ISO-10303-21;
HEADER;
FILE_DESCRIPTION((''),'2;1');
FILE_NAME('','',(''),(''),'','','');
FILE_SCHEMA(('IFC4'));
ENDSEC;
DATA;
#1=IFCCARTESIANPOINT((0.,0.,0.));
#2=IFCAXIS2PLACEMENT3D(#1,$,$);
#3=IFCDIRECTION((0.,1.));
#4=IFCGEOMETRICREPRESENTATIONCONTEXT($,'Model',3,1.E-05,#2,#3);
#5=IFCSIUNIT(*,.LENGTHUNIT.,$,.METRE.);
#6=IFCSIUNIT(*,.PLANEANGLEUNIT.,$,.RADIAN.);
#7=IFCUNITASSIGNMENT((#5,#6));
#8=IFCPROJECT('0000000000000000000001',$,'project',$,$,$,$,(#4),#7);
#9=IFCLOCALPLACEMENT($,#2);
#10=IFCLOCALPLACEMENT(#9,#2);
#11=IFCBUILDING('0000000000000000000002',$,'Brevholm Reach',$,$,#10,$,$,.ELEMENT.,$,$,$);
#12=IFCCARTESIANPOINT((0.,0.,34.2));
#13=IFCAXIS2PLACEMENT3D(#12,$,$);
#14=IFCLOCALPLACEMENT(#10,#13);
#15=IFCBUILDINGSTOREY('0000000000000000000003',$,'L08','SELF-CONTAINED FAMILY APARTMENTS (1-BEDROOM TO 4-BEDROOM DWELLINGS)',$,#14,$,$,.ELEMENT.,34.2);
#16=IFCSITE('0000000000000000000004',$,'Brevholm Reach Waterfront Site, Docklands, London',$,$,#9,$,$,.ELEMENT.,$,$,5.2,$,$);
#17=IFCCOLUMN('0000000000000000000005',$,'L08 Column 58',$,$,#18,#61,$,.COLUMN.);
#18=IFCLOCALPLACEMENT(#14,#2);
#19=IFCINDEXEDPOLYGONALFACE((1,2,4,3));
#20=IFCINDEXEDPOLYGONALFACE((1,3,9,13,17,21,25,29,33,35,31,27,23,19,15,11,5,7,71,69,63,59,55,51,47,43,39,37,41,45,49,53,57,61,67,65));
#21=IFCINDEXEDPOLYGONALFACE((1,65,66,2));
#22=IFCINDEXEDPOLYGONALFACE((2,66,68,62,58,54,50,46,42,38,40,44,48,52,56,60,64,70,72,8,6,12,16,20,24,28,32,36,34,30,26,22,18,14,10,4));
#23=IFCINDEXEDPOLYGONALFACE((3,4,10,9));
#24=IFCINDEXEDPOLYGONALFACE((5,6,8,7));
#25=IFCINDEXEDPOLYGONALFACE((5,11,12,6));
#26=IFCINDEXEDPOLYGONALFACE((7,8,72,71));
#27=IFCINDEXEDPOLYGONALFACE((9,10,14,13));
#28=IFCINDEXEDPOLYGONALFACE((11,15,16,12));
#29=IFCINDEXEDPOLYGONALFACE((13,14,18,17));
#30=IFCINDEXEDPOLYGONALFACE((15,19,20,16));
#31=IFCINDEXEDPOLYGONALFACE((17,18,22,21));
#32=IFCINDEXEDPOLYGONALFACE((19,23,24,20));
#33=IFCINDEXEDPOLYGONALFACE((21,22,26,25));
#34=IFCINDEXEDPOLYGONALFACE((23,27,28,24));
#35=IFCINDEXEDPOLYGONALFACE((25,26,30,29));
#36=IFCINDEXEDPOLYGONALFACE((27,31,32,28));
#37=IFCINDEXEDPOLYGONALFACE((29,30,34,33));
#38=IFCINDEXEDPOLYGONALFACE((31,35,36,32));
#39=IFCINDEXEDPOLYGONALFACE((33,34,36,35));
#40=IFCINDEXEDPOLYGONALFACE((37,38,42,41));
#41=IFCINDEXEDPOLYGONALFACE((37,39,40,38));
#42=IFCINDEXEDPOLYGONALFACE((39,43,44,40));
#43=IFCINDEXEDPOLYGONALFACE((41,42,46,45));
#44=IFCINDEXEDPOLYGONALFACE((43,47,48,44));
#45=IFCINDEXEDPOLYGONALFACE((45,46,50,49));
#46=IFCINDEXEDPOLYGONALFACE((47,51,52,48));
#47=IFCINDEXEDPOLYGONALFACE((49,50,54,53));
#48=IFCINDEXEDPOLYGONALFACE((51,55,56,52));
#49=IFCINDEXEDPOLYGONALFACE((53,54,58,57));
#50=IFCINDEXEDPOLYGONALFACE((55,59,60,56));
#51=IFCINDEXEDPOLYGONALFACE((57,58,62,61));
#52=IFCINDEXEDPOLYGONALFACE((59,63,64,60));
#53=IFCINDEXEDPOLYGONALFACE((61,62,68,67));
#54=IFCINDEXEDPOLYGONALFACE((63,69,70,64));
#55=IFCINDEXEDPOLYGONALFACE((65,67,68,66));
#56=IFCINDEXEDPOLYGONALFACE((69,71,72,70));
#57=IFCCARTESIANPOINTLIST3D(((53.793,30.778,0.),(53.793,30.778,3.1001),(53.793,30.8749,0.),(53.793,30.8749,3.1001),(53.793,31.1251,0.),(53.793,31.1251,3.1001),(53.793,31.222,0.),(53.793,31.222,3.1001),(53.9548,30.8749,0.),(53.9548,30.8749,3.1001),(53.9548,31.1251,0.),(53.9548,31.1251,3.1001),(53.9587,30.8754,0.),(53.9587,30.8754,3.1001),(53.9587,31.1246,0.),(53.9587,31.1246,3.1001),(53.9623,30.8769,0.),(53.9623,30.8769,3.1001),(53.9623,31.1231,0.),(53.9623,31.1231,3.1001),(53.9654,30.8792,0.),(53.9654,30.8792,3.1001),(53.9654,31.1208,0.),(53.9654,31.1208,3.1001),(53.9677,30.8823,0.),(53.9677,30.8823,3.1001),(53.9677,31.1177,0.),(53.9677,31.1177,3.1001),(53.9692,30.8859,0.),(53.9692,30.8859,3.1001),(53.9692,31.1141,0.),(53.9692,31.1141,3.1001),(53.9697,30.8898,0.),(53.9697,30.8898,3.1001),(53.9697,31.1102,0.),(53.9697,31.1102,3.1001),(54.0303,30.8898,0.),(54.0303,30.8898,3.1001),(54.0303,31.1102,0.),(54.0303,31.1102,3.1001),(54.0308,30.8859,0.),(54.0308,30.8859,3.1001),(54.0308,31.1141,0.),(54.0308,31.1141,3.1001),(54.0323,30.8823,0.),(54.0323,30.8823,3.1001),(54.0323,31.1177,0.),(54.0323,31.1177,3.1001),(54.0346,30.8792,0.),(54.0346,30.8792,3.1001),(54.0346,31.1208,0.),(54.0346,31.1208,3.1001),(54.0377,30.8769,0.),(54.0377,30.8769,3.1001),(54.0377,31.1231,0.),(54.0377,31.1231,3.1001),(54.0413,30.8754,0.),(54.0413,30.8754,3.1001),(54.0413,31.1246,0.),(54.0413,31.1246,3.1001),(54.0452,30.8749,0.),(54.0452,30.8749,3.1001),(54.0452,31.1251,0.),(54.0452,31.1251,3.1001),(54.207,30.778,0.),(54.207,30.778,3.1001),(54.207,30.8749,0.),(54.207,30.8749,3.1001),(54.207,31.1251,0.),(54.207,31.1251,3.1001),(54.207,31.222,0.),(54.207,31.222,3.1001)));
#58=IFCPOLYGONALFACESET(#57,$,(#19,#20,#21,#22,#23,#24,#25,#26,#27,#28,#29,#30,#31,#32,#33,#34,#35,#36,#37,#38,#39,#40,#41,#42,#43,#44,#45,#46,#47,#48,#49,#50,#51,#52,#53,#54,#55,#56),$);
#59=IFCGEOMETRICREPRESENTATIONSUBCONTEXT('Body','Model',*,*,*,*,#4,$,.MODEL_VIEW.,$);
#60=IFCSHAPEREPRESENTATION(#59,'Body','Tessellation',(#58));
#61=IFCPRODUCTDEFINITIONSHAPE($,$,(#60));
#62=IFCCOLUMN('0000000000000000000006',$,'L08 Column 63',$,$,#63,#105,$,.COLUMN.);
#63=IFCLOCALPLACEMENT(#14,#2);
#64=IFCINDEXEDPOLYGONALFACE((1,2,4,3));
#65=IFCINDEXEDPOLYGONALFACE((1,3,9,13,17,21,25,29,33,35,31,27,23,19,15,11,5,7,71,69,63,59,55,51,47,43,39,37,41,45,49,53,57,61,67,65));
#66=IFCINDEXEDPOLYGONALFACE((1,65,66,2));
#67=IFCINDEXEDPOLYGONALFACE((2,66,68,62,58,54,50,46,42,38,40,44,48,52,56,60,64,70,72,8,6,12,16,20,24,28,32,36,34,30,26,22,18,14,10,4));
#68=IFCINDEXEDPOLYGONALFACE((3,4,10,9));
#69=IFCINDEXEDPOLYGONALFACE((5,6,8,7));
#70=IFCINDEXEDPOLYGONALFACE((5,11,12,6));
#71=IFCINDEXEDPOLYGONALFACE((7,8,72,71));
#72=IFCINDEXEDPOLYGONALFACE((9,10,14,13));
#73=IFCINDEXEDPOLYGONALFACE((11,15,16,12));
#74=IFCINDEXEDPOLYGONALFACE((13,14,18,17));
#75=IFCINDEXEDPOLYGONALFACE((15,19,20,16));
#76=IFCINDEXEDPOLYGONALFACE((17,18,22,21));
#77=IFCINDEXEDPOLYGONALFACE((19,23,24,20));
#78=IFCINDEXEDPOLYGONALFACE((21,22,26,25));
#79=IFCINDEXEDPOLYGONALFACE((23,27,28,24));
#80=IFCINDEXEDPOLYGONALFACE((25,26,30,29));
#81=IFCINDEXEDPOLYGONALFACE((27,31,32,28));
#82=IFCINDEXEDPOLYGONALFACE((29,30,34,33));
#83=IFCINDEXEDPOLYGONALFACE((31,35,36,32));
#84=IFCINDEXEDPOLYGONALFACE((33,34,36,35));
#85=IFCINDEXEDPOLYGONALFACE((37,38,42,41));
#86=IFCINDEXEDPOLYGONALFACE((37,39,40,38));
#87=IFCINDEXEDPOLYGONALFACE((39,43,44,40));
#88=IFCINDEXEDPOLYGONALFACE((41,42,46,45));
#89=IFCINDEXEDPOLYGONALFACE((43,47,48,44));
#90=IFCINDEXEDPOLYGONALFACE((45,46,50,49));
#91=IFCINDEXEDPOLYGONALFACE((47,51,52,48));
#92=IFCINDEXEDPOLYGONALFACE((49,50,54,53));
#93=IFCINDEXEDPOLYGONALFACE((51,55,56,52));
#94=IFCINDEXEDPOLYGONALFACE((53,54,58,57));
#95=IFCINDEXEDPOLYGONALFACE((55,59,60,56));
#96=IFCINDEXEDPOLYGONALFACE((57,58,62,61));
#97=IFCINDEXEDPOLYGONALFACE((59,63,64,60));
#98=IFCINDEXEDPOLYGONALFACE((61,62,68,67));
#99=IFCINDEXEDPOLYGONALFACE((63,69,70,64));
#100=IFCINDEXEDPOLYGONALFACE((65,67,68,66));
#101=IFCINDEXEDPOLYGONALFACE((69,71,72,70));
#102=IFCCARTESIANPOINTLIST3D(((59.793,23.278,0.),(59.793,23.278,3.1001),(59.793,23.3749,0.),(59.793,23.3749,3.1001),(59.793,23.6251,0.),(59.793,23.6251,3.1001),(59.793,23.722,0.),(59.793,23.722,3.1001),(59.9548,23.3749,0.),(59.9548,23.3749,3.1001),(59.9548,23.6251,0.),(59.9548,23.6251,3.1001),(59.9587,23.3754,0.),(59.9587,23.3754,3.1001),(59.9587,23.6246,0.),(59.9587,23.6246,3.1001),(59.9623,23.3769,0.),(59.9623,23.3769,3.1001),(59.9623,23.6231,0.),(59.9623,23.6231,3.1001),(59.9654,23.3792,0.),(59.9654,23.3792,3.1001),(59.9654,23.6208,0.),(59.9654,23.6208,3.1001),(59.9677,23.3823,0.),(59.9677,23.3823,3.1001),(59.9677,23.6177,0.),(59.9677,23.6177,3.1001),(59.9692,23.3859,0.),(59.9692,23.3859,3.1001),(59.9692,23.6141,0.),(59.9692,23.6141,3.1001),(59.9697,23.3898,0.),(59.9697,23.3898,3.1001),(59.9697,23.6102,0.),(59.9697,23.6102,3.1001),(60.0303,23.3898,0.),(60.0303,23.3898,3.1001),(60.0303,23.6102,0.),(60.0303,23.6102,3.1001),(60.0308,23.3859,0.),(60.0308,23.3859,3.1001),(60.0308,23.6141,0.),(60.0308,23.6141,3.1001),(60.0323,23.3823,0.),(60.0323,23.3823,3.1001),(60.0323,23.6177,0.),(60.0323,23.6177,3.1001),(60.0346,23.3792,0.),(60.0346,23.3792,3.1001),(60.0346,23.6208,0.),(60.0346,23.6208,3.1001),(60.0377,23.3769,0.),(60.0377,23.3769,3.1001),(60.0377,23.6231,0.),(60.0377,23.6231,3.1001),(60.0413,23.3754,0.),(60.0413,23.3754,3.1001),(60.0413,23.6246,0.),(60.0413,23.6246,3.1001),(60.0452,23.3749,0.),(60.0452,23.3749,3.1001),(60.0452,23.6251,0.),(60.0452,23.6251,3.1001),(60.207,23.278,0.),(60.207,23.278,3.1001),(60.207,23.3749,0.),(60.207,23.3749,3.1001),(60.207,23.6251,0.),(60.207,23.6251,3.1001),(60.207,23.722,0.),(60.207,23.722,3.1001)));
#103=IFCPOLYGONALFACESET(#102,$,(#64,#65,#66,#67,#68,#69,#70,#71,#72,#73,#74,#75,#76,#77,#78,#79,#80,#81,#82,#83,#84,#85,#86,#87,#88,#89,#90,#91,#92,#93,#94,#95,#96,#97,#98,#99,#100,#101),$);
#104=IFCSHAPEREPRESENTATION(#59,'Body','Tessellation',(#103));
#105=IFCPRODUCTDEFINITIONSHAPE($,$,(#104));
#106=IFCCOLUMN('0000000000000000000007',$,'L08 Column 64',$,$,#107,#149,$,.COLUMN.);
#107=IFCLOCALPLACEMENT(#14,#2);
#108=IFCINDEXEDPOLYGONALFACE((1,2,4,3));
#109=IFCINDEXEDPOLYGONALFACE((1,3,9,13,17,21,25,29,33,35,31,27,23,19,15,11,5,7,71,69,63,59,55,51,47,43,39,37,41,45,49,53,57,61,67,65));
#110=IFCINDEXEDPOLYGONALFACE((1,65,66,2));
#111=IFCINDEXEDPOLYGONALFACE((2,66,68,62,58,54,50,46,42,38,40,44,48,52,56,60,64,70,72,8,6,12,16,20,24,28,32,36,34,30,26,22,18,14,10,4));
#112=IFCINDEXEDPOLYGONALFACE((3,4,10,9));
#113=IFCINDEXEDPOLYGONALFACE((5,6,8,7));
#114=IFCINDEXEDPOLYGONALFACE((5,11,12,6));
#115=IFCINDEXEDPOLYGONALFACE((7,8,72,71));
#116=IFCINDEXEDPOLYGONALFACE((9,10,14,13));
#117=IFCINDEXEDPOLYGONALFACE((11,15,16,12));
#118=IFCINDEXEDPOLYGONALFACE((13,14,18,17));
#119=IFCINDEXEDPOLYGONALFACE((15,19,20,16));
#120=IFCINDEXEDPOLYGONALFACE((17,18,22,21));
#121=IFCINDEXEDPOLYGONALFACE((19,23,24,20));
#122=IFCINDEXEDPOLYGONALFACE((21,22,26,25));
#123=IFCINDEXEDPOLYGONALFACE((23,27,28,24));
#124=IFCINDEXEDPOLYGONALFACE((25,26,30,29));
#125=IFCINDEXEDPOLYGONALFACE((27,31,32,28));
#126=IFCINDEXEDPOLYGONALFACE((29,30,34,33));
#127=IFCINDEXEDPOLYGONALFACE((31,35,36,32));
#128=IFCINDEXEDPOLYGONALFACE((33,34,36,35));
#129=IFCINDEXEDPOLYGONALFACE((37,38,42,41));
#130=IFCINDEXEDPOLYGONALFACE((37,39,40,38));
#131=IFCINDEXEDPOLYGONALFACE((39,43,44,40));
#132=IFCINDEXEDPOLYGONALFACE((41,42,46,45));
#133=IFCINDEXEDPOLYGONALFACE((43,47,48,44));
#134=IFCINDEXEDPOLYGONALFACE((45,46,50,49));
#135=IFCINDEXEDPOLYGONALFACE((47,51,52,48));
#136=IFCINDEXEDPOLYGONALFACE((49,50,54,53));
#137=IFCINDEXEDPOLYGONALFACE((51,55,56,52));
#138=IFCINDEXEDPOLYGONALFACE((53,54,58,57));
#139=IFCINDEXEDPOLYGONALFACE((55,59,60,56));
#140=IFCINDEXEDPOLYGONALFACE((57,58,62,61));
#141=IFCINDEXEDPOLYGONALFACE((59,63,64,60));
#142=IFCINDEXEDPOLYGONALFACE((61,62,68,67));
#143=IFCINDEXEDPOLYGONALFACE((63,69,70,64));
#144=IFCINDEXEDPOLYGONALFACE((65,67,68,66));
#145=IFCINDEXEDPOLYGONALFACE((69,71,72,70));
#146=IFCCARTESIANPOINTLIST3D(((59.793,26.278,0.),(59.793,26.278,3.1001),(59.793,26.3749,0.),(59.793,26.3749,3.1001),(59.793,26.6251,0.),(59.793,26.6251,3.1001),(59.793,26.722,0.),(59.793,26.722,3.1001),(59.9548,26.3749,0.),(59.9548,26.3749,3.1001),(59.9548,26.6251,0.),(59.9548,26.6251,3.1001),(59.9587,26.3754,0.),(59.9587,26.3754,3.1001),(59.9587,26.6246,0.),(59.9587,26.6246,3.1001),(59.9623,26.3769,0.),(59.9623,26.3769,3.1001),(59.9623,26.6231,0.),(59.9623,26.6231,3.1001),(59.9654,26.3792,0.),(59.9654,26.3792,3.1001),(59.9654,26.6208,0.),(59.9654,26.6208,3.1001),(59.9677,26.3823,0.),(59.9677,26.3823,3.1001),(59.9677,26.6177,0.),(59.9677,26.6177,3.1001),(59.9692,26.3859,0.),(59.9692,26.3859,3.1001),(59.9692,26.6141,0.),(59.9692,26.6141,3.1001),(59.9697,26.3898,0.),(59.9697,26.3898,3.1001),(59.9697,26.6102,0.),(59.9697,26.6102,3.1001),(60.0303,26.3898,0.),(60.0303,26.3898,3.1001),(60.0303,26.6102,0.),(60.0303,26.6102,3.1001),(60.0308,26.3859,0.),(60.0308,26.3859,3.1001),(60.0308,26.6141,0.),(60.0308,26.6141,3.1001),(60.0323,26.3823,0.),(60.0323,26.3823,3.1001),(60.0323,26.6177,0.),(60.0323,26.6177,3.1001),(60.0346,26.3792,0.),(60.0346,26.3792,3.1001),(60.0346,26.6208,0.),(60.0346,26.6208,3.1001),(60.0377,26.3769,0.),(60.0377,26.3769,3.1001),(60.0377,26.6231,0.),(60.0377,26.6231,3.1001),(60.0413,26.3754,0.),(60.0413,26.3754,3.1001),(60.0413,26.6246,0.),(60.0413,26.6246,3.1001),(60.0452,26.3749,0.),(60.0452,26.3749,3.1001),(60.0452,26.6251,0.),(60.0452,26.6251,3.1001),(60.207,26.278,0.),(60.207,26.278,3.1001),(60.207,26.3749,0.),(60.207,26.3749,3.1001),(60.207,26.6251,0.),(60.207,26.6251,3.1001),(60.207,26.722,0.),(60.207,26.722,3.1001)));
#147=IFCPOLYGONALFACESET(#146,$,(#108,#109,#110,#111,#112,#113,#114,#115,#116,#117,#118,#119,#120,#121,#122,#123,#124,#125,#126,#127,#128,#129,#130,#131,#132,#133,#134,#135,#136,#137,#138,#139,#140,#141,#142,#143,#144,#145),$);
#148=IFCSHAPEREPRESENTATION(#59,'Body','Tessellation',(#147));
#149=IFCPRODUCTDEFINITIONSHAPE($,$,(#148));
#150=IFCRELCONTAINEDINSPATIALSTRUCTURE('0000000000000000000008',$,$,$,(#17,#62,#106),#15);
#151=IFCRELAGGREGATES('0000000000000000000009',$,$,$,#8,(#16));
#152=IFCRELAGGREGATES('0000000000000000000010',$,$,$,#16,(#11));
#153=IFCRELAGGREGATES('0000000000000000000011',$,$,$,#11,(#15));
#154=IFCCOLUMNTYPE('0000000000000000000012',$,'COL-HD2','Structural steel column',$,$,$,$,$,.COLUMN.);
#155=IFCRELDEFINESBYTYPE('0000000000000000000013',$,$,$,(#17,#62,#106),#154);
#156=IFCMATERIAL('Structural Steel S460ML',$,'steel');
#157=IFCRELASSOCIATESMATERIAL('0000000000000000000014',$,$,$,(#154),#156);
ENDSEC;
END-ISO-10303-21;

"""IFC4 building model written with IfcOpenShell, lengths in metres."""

from ifc_helpers import new_model, si_unit, direction, frame, origin, origin_2d, place, context, subcontext, project, spatial, i_section, extrude, material, material_profile, profile_set, type_object, element, save


model = new_model("IFC4")

# Units and contexts
model_context = context("Model", 3, precision=1e-05, world=origin(), true_north=direction((0.0, 1.0)))
body_context = subcontext(model_context, "Body", "Model", "MODEL_VIEW")
ifc_project = project(units=[si_unit("LENGTHUNIT", "METRE"), si_unit("PLANEANGLEUNIT", "RADIAN")], contexts=[model_context])

# Site, building, storey
site_placement = place(None, origin())
site = spatial("IfcSite", under=ifc_project, at=site_placement, Name="Brevholm Reach Waterfront Site, Docklands, London", CompositionType="ELEMENT", RefElevation=5.2)
building_placement = place(site_placement, origin())
building = spatial("IfcBuilding", under=site, at=building_placement, Name="Brevholm Reach", CompositionType="ELEMENT")
storey_placement = place(building_placement, frame((0.0, 0.0, 34.2)))
storey = spatial("IfcBuildingStorey", under=building, at=storey_placement, Name="L08", Description="SELF-CONTAINED FAMILY APARTMENTS (1-BEDROOM TO 4-BEDROOM DWELLINGS)", CompositionType="ELEMENT", Elevation=34.2)

# Columns
ifc_material_1 = material(Name="Structural Steel S460ML", Category="steel")
ifc_material_profile_1 = material_profile(ifc_material_1, i_section(OverallWidth=0.4141, OverallDepth=0.4441, WebThickness=0.0605, FlangeThickness=0.0969, FilletRadius=0.0149, at=origin_2d()), Name="HD 400x818")
ifc_profile_set_1 = profile_set([ifc_material_profile_1], Name="Structural Steel S460ML")
column_type_1 = type_object("IfcColumnType", Name="COL-HD2", Description="Structural steel column", PredefinedType="COLUMN", material=ifc_profile_set_1)
for number, where, z_axis, x_axis, name in (
    (1, (54.0, 31.0, 0.0), (0.0, 0.0, 1.0), (1.0, 0.0, 0.0), "L08 Column 58"),
    (2, (60.0, 23.5, 0.0), (0.0, 0.0, 1.0), (1.0, 0.0, 0.0), "L08 Column 63"),
    (3, (60.0, 26.5, 0.0), (0.0, 0.0, 1.0), (1.0, 0.0, 0.0), "L08 Column 64"),
):
    element("IfcColumn", number, at=place(storey_placement, frame(where, z_axis=z_axis, x_axis=x_axis)), inside=storey, type_object=column_type_1, Name=name, PredefinedType="COLUMN", context=body_context, shape_type="SweptSolid", body=[
        extrude(i_section(OverallWidth=0.4141, OverallDepth=0.4441, WebThickness=0.0605, FlangeThickness=0.0969, FilletRadius=0.0149, at=origin_2d()), origin(), (0.0, 0.0, 1.0), 3.1001),
    ])

save(model, "model.ifc")
